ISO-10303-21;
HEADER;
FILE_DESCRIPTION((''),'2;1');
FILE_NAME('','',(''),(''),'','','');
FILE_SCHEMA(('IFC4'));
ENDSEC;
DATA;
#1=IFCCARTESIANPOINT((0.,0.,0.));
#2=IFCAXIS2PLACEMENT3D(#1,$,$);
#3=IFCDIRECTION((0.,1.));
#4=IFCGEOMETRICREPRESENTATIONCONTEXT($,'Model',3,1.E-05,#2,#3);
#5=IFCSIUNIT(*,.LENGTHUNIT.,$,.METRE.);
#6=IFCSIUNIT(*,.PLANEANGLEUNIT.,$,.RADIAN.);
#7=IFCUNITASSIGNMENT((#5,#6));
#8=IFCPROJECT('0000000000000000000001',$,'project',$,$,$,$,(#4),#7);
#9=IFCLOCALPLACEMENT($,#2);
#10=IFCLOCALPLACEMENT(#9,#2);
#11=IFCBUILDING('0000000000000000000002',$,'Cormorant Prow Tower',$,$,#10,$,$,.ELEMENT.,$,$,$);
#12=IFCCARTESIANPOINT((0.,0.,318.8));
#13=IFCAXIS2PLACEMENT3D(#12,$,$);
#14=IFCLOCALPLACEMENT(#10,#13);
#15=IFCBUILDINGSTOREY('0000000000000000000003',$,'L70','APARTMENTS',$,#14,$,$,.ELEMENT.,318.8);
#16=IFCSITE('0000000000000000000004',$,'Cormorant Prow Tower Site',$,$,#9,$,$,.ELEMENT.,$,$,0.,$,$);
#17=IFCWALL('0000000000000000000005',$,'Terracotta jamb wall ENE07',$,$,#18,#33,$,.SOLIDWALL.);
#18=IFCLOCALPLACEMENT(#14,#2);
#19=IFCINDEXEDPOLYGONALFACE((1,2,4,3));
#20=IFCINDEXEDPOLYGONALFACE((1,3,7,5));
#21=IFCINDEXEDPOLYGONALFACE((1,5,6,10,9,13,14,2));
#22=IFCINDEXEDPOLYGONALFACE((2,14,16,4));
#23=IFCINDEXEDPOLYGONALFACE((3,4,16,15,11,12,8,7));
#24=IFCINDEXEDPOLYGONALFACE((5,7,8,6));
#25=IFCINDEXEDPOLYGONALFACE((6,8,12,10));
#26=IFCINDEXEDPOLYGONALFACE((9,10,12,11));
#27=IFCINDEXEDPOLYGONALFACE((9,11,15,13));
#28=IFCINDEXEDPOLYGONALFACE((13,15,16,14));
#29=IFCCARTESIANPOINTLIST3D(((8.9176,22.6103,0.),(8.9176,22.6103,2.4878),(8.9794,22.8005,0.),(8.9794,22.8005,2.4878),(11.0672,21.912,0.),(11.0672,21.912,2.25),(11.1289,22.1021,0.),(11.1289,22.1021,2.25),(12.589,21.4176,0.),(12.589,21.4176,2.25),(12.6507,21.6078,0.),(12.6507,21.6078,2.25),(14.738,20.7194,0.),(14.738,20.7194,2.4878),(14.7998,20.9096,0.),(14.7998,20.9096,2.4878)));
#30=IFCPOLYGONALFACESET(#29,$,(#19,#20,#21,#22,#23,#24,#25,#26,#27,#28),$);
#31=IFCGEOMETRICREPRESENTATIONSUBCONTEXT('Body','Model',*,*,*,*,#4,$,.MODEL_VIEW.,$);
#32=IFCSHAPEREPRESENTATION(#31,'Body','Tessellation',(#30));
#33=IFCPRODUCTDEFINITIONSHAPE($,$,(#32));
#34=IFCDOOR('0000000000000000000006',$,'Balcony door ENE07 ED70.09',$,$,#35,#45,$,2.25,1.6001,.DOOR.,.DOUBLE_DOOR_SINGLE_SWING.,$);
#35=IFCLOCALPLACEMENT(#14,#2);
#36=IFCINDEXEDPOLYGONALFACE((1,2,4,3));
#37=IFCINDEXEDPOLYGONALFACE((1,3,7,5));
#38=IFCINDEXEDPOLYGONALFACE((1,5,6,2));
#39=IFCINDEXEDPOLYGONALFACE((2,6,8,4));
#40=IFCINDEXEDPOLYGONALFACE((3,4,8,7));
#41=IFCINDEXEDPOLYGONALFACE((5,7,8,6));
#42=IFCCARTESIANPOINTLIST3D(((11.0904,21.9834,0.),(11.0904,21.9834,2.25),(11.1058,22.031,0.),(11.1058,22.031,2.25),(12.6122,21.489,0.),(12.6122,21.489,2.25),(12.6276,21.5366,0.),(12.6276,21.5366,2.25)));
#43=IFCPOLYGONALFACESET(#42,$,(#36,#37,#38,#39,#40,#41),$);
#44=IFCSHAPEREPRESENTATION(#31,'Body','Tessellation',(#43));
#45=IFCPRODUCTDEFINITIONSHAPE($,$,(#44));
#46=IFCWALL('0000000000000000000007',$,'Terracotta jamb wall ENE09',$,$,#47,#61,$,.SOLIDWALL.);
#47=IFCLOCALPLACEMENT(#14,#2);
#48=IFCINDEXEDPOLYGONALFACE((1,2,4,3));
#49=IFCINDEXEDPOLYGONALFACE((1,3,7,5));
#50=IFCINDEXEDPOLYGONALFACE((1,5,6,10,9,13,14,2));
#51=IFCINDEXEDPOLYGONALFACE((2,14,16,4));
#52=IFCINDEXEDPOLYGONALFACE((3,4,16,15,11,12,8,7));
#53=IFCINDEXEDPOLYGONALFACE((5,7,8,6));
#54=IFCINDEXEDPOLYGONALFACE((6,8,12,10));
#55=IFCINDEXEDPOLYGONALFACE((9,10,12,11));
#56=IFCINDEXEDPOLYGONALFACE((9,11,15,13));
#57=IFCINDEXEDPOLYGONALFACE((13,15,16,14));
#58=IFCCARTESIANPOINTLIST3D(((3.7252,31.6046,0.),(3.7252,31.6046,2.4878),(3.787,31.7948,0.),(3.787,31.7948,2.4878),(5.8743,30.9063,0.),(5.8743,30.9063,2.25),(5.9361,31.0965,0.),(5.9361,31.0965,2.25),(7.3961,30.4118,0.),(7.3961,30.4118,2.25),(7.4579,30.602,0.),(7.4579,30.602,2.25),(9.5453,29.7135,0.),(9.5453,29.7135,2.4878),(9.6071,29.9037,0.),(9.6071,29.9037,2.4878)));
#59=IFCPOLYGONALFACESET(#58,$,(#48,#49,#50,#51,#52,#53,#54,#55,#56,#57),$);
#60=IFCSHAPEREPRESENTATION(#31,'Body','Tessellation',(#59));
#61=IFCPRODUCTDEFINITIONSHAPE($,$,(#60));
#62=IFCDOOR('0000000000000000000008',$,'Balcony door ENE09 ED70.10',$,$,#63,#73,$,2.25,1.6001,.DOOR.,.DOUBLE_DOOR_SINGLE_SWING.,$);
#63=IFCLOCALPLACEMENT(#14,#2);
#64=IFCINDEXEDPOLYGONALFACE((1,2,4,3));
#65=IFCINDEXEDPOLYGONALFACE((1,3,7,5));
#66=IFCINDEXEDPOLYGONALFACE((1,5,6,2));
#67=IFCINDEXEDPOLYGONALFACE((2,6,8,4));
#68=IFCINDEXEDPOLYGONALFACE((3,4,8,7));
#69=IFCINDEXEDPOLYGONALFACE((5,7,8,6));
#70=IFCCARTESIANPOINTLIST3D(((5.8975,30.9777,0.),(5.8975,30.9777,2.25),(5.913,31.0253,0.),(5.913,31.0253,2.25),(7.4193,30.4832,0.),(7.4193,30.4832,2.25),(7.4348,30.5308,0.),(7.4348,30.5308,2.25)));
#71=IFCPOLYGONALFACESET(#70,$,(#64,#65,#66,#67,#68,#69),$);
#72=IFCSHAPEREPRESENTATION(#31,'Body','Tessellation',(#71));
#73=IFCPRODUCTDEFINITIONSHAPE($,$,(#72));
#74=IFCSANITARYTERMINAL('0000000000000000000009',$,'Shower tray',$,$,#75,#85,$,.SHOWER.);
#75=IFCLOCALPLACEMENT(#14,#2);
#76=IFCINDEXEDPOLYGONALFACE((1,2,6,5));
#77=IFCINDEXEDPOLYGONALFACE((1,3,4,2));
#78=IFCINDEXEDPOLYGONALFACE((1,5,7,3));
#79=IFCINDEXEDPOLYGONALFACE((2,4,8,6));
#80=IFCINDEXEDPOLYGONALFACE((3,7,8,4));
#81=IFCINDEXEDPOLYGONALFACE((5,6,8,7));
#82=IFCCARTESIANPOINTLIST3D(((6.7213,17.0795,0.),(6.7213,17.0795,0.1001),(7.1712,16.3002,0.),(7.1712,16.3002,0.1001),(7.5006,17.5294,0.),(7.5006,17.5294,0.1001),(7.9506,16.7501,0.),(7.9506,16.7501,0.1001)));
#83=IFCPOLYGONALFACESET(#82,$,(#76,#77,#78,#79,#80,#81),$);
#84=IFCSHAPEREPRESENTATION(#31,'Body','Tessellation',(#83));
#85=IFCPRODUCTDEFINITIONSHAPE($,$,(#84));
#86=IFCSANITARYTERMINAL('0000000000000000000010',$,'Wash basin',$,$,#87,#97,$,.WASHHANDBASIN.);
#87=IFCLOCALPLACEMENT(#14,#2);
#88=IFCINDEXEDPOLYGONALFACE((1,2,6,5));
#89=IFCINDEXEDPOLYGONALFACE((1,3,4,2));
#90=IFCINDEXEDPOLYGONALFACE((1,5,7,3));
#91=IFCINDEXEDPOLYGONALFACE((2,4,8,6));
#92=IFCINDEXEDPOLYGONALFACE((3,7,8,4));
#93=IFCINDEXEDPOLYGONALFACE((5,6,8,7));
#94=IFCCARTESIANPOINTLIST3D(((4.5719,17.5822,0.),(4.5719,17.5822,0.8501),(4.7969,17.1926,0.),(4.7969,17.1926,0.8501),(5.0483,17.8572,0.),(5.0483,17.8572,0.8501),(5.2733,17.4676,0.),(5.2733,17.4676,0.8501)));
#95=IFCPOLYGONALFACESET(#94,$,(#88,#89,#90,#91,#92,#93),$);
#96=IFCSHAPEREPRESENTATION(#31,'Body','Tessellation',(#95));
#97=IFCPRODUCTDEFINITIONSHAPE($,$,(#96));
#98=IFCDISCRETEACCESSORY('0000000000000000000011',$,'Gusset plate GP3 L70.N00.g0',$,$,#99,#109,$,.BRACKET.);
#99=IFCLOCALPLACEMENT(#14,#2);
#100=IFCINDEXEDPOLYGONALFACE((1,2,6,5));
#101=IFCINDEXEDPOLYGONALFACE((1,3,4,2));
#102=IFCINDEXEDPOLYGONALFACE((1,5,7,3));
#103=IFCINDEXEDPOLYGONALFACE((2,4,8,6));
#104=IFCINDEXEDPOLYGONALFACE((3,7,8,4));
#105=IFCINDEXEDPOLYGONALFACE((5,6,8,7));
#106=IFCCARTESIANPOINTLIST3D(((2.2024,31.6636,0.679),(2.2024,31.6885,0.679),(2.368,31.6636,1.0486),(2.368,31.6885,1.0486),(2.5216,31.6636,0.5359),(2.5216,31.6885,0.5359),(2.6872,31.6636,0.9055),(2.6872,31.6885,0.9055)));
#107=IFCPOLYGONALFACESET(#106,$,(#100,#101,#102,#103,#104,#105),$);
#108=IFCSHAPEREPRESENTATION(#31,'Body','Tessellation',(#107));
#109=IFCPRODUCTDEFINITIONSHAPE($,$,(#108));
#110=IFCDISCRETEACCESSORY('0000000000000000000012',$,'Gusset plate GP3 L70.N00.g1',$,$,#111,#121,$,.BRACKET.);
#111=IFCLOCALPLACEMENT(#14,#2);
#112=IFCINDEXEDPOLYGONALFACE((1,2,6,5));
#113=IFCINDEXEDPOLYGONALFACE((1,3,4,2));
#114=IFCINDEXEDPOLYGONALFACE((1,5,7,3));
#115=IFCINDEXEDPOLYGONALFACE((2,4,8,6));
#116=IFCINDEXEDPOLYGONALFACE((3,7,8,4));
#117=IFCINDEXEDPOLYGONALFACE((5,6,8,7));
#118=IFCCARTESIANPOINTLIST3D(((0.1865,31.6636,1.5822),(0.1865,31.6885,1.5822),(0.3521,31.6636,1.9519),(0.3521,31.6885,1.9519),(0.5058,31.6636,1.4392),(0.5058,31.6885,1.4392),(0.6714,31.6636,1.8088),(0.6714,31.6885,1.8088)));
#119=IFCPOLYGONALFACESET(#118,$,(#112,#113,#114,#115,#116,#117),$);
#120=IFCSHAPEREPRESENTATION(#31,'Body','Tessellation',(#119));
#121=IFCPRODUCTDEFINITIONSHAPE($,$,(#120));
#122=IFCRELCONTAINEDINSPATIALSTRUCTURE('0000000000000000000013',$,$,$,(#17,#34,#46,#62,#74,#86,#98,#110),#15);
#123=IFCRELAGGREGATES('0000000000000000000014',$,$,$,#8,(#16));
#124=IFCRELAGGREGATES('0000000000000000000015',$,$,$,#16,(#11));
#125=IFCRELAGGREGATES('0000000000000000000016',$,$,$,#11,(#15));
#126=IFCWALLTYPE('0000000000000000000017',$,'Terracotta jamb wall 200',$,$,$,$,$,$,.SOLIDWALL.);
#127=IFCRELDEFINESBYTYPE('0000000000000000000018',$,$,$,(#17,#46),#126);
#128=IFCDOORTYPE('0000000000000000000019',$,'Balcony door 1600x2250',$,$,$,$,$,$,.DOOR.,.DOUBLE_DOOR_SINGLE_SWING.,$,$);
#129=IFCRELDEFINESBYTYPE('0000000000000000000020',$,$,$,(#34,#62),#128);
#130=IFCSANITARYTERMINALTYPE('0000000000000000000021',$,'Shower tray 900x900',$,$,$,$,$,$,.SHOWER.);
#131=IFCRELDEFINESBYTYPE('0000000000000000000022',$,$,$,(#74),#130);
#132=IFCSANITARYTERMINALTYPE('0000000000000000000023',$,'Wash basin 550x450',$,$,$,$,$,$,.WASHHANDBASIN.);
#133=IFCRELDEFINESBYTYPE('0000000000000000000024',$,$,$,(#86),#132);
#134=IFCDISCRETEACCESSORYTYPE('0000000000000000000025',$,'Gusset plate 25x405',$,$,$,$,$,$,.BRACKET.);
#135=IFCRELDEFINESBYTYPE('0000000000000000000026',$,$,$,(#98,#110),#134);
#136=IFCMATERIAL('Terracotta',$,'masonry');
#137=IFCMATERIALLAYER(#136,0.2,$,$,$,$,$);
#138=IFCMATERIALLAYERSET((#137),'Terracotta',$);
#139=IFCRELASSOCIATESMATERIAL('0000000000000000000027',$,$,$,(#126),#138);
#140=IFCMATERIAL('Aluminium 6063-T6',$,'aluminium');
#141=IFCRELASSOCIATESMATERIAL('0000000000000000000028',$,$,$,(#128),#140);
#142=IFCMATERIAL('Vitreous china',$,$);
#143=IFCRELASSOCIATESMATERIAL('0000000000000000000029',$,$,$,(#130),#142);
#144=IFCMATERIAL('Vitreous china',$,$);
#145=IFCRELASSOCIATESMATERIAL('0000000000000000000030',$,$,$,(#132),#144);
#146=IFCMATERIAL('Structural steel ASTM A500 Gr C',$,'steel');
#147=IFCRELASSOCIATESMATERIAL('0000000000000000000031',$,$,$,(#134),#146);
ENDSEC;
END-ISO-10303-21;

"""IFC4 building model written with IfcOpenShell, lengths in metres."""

from ifc_helpers import new_model, si_unit, direction, frame, frame_2d, origin, origin_2d, place, context, subcontext, project, spatial, rectangle, extrude, material, layer, layer_set, material_profile, profile_set, type_object, element, fill, save


model = new_model("IFC4")

# Units and contexts
model_context = context("Model", 3, precision=1e-05, world=origin(), true_north=direction((0.0, 1.0)))
body_context = subcontext(model_context, "Body", "Model", "MODEL_VIEW")
ifc_project = project(units=[si_unit("LENGTHUNIT", "METRE"), si_unit("PLANEANGLEUNIT", "RADIAN")], contexts=[model_context])

# Site, building, storey
site_placement = place(None, origin())
site = spatial("IfcSite", under=ifc_project, at=site_placement, Name="Cormorant Prow Tower Site", CompositionType="ELEMENT", RefElevation=0.0)
building_placement = place(site_placement, origin())
building = spatial("IfcBuilding", under=site, at=building_placement, Name="Cormorant Prow Tower", CompositionType="ELEMENT")
storey_placement = place(building_placement, frame((0.0, 0.0, 318.8)))
storey = spatial("IfcBuildingStorey", under=building, at=storey_placement, Name="L70", Description="APARTMENTS", CompositionType="ELEMENT", Elevation=318.8)

# Walls, openings, doors
ifc_material_1 = material(Name="Terracotta", Category="masonry")
ifc_layer_1 = layer(ifc_material_1, 0.2)
ifc_layer_set_1 = layer_set([ifc_layer_1], Name="Terracotta")
wall_type_1 = type_object("IfcWallType", Name="Terracotta jamb wall 200", PredefinedType="SOLIDWALL", material=ifc_layer_set_1)
wall_1_placement = place(storey_placement, frame((14.769, 20.8145, 0.0), z_axis=(0.0, 0.0, 1.0), x_axis=(-0.951069, 0.308978, 0.0)))
wall_1 = element("IfcWall", 1, at=wall_1_placement, inside=storey, type_object=wall_type_1, Name="Terracotta jamb wall ENE07", PredefinedType="SOLIDWALL", context=body_context, shape_type="SweptSolid", body=[
    extrude(rectangle(XDim=6.1199, YDim=0.2, at=frame_2d((3.0601, 0.0))), origin(), (0.0, 0.0, 1.0), 2.4878),
])
opening_1_placement = place(wall_1_placement, frame((2.2598, 0.0, 0.0)))
opening_1 = element("IfcOpeningElement", 2, at=opening_1_placement, cuts=wall_1, PredefinedType="OPENING", context=body_context, shape_type="SweptSolid", body=[
    extrude(rectangle(XDim=1.6001, YDim=2.25, at=frame_2d((0.8, 1.125))), frame((0.0, 0.1099, 0.0), z_axis=(0.0, -1.0, 0.0), x_axis=(1.0, 0.0, 0.0)), (0.0, 0.0, 1.0), 0.22),
])
ifc_material_2 = material(Name="Aluminium 6063-T6", Category="aluminium")
door_type_1 = type_object("IfcDoorType", Name="Balcony door 1600x2250", OperationType="DOUBLE_DOOR_SINGLE_SWING", PredefinedType="DOOR", material=ifc_material_2)
door_1_placement = place(opening_1_placement, origin())
door_1 = element("IfcDoor", 3, at=door_1_placement, inside=storey, type_object=door_type_1, Name="Balcony door ENE07 ED70.09", OperationType="DOUBLE_DOOR_SINGLE_SWING", OverallHeight=2.25, OverallWidth=1.6001, PredefinedType="DOOR", context=body_context, shape_type="SweptSolid", body=[
    extrude(rectangle(XDim=1.6001, YDim=2.25, at=frame_2d((0.8, 1.125))), frame((0.0, 0.0249, 0.0), z_axis=(0.0, -1.0, 0.0), x_axis=(1.0, 0.0, 0.0)), (0.0, 0.0, 1.0), 0.05),
])
fill(opening_1, door_1)
wall_2_placement = place(storey_placement, frame((9.5762, 29.8086, 0.0), z_axis=(0.0, 0.0, 1.0), x_axis=(-0.951054, 0.309026, 0.0)))
wall_2 = element("IfcWall", 4, at=wall_2_placement, inside=storey, type_object=wall_type_1, Name="Terracotta jamb wall ENE09", PredefinedType="SOLIDWALL", context=body_context, shape_type="SweptSolid", body=[
    extrude(rectangle(XDim=6.1196, YDim=0.2, at=frame_2d((3.0598, 0.0))), origin(), (0.0, 0.0, 1.0), 2.4878),
])
opening_2_placement = place(wall_2_placement, frame((2.2598, 0.0, 0.0)))
opening_2 = element("IfcOpeningElement", 5, at=opening_2_placement, cuts=wall_2, PredefinedType="OPENING", context=body_context, shape_type="SweptSolid", body=[
    extrude(rectangle(XDim=1.6001, YDim=2.25, at=frame_2d((0.8, 1.125))), frame((0.0, 0.1099, 0.0), z_axis=(0.0, -1.0, 0.0), x_axis=(1.0, 0.0, 0.0)), (0.0, 0.0, 1.0), 0.22),
])
door_2_placement = place(opening_2_placement, origin())
door_2 = element("IfcDoor", 6, at=door_2_placement, inside=storey, type_object=door_type_1, Name="Balcony door ENE09 ED70.10", OperationType="DOUBLE_DOOR_SINGLE_SWING", OverallHeight=2.25, OverallWidth=1.6001, PredefinedType="DOOR", context=body_context, shape_type="SweptSolid", body=[
    extrude(rectangle(XDim=1.6001, YDim=2.25, at=frame_2d((0.8, 1.125))), frame((0.0, 0.0249, 0.0), z_axis=(0.0, -1.0, 0.0), x_axis=(1.0, 0.0, 0.0)), (0.0, 0.0, 1.0), 0.05),
])
fill(opening_2, door_2)

# Sanitary terminals
ifc_material_3 = material(Name="Vitreous china")
sanitary_terminal_type_1 = type_object("IfcSanitaryTerminalType", Name="Shower tray 900x900", PredefinedType="SHOWER", material=ifc_material_3)
sanitary_terminal_1_placement = place(storey_placement, frame((7.3359, 16.9148, 0.0), z_axis=(0.0, 0.0, 1.0), x_axis=(-0.866025, -0.5, 0.0)))
element("IfcSanitaryTerminal", 7, at=sanitary_terminal_1_placement, inside=storey, type_object=sanitary_terminal_type_1, Name="Shower tray", PredefinedType="SHOWER", context=body_context, shape_type="SweptSolid", body=[
    extrude(rectangle(XDim=0.8999, YDim=0.8999, at=origin_2d()), origin(), (0.0, 0.0, 1.0), 0.1001),
])
ifc_material_4 = material(Name="Vitreous china")
sanitary_terminal_type_2 = type_object("IfcSanitaryTerminalType", Name="Wash basin 550x450", PredefinedType="WASHHANDBASIN", material=ifc_material_4)
sanitary_terminal_2_placement = place(storey_placement, frame((4.9226, 17.5249, 0.0), z_axis=(0.0, 0.0, 1.0), x_axis=(0.866025, 0.5, 0.0)))
element("IfcSanitaryTerminal", 8, at=sanitary_terminal_2_placement, inside=storey, type_object=sanitary_terminal_type_2, Name="Wash basin", PredefinedType="WASHHANDBASIN", context=body_context, shape_type="SweptSolid", body=[
    extrude(rectangle(XDim=0.55, YDim=0.45, at=origin_2d()), origin(), (0.0, 0.0, 1.0), 0.8501),
])

# Discrete accessories
ifc_material_5 = material(Name="Structural steel ASTM A500 Gr C", Category="steel")
ifc_material_profile_1 = material_profile(ifc_material_5, rectangle(XDim=0.0249, YDim=0.405, at=origin_2d()), Name="Gusset plate 25x405")
ifc_profile_set_1 = profile_set([ifc_material_profile_1], Name="Structural steel ASTM A500 Gr C")
discrete_accessory_type = type_object("IfcDiscreteAccessoryType", Name="Gusset plate 25x405", PredefinedType="BRACKET", material=ifc_profile_set_1)
for number, where, z_axis, x_axis, name in (
    (9, (2.2852, 31.676, 0.8638), (0.912599, 0.0, -0.408856), (0.0, 1.0, 0.0), "Gusset plate GP3 L70.N00.g0"),
    (10, (0.5886, 31.676, 1.624), (-0.912599, 0.0, 0.408856), (0.0, -1.0, 0.0), "Gusset plate GP3 L70.N00.g1"),
):
    element("IfcDiscreteAccessory", number, at=place(storey_placement, frame(where, z_axis=z_axis, x_axis=x_axis)), inside=storey, type_object=discrete_accessory_type, Name=name, PredefinedType="BRACKET", context=body_context, shape_type="SweptSolid", body=[
        extrude(rectangle(XDim=0.0249, YDim=0.405, at=origin_2d()), origin(), (0.0, 0.0, 1.0), 0.3499),
    ])

save(model, "model.ifc")
